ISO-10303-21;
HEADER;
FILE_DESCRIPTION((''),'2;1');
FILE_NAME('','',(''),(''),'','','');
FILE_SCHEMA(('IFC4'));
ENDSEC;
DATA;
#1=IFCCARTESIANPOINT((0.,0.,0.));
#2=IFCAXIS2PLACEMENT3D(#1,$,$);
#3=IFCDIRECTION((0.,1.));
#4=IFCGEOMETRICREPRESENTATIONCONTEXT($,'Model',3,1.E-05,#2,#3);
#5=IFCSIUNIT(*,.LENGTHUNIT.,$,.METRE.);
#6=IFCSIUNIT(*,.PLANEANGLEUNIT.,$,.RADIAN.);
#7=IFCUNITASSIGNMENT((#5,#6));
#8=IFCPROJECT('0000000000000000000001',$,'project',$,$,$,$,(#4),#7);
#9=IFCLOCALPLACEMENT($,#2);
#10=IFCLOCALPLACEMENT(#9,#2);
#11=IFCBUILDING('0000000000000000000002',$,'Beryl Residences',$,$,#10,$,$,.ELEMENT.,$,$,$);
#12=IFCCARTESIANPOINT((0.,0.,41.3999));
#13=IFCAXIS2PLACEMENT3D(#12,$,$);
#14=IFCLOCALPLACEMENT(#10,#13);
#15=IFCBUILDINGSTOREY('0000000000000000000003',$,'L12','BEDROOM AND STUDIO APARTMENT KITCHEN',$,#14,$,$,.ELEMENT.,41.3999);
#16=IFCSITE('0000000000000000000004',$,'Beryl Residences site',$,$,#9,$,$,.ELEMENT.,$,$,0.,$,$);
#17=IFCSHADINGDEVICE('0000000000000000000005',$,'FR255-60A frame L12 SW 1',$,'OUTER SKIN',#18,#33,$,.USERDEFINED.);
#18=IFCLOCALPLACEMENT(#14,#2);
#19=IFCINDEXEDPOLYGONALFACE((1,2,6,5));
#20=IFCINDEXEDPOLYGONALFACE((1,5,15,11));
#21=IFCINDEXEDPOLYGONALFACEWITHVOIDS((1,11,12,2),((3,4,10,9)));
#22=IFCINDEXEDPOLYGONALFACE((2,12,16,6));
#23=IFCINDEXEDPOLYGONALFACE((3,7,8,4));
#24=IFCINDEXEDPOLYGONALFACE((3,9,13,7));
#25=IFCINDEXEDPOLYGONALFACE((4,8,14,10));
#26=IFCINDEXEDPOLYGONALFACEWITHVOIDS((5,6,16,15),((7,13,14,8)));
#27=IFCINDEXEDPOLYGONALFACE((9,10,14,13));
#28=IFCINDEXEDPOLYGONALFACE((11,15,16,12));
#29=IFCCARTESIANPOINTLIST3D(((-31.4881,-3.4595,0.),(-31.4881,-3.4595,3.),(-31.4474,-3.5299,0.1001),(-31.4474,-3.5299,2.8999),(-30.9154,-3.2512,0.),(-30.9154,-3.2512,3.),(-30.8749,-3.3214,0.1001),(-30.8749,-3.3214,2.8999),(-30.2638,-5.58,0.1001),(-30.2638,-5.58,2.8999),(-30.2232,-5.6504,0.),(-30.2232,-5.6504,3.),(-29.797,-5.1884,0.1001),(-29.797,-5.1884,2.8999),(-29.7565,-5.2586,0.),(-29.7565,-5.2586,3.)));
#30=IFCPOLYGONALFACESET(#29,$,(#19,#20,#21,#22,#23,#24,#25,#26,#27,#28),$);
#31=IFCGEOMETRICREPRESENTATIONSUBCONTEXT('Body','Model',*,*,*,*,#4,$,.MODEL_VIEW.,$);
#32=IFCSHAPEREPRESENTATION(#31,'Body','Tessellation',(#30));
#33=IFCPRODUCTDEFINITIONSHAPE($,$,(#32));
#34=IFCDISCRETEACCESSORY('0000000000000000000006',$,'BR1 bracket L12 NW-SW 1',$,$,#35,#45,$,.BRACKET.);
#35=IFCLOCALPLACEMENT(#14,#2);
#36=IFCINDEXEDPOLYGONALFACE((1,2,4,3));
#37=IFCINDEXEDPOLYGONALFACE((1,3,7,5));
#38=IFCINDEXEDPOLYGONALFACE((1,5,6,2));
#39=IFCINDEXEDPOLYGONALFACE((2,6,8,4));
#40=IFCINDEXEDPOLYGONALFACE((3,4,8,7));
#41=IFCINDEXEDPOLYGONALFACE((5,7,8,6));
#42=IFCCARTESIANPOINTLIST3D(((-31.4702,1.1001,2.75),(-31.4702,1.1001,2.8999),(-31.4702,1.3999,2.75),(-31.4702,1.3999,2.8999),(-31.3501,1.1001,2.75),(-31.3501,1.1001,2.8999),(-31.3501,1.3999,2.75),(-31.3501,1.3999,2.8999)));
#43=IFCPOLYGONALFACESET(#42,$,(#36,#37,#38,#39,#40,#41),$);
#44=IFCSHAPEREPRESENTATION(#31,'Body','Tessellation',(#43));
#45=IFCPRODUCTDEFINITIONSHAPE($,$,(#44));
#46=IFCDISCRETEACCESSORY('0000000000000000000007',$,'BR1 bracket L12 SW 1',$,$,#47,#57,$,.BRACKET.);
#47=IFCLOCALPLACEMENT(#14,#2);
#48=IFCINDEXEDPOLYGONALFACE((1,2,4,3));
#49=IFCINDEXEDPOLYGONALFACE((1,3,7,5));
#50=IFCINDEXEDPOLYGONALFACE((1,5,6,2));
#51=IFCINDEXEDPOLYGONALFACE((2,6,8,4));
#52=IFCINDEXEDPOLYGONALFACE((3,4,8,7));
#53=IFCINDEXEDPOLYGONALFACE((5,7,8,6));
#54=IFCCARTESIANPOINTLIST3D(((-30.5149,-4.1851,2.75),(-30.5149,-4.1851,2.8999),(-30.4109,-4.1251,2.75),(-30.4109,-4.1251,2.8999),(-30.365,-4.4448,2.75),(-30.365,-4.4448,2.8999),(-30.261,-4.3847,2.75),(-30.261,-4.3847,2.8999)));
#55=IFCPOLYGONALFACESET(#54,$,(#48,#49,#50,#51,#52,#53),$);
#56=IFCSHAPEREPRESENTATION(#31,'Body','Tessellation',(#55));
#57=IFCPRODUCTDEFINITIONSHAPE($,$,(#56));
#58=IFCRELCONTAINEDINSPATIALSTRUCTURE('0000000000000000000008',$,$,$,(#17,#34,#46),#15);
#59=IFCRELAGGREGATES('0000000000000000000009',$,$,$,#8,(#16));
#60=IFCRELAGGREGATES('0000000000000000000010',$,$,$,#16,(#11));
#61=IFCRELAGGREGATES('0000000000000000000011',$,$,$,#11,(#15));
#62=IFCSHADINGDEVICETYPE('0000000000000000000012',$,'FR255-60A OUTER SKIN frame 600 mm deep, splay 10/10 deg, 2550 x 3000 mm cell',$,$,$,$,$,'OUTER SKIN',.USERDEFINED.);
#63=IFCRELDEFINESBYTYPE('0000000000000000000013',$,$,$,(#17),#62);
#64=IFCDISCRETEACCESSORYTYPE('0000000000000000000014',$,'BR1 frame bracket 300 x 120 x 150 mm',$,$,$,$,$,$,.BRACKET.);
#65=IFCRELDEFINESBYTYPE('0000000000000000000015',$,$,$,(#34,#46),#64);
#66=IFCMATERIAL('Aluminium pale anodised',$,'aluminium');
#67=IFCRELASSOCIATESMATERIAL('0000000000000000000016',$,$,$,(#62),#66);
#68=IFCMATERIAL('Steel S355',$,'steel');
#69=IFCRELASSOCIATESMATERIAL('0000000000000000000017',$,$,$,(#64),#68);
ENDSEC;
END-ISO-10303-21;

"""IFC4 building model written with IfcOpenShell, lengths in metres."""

from ifc_helpers import new_model, entity, si_unit, direction, frame, origin, place, context, subcontext, project, spatial, polyline, outline, extrude, source, transform, mapped, material, type_object, type_shapes, element, save


model = new_model("IFC4")

# Units and contexts
model_context = context("Model", 3, precision=1e-05, world=origin(), true_north=direction((0.0, 1.0)))
body_context = subcontext(model_context, "Body", "Model", "MODEL_VIEW")
ifc_project = project(units=[si_unit("LENGTHUNIT", "METRE"), si_unit("PLANEANGLEUNIT", "RADIAN")], contexts=[model_context])

# Site, building, storey
site_placement = place(None, origin())
site = spatial("IfcSite", under=ifc_project, at=site_placement, Name="Beryl Residences site", CompositionType="ELEMENT", RefElevation=0.0)
building_placement = place(site_placement, origin())
building = spatial("IfcBuilding", under=site, at=building_placement, Name="Beryl Residences", CompositionType="ELEMENT")
storey_placement = place(building_placement, frame((0.0, 0.0, 41.3999)))
storey = spatial("IfcBuildingStorey", under=building, at=storey_placement, Name="L12", Description="BEDROOM AND STUDIO APARTMENT KITCHEN", CompositionType="ELEMENT", Elevation=41.3999)

# Shading device
ifc_material_1 = material(Name="Aluminium pale anodised", Category="aluminium")
shading_device_type_1 = type_object("IfcShadingDeviceType", Name="FR255-60A OUTER SKIN frame 600 mm deep, splay 10/10 deg, 2550 x 3000 mm cell", ElementType="OUTER SKIN", PredefinedType="USERDEFINED", material=ifc_material_1)
cartesian_point_1 = entity("IfcCartesianPoint", [-1.1589, 0.0])
cartesian_point_2 = entity("IfcCartesianPoint", [-1.0779, 0.1001])
cartesian_point_3 = entity("IfcCartesianPoint", [-1.2649, 0.0])
cartesian_point_4 = entity("IfcCartesianPoint", [-1.1836, 0.1001])
shared_shape_1 = source(origin(), body_context, "Body", "SweptSolid", [
    entity("IfcExtrudedAreaSolidTapered", entity("IfcArbitraryProfileDefWithVoids", "AREA", None, entity("IfcPolyline", [cartesian_point_1, entity("IfcCartesianPoint", [1.1589, 0.0]), entity("IfcCartesianPoint", [1.1589, 3.0]), entity("IfcCartesianPoint", [-1.1589, 3.0]), cartesian_point_1]), [entity("IfcPolyline", [cartesian_point_2, entity("IfcCartesianPoint", [1.0779, 0.1001]), entity("IfcCartesianPoint", [1.0779, 2.8999]), entity("IfcCartesianPoint", [-1.0779, 2.8999]), cartesian_point_2])]), entity("IfcAxis2Placement3D", entity("IfcCartesianPoint", [0.0, 0.0, 0.0]), entity("IfcDirection", [0.0, 1.0, 0.0]), entity("IfcDirection", [-1.0, 0.0, 0.0])), entity("IfcDirection", [0.0, 0.0, 1.0]), 0.6001, entity("IfcArbitraryProfileDefWithVoids", "AREA", None, entity("IfcPolyline", [cartesian_point_3, entity("IfcCartesianPoint", [1.2649, 0.0]), entity("IfcCartesianPoint", [1.2649, 3.0]), entity("IfcCartesianPoint", [-1.2649, 3.0]), cartesian_point_3]), [entity("IfcPolyline", [cartesian_point_4, entity("IfcCartesianPoint", [1.1836, 0.1001]), entity("IfcCartesianPoint", [1.1836, 2.8999]), entity("IfcCartesianPoint", [-1.1836, 2.8999]), cartesian_point_4])])),
])
type_shapes(shading_device_type_1, [shared_shape_1])
shading_device_placement = place(storey_placement, frame((-30.3359, -4.2549, 0.0), z_axis=(0.0, 0.0, 1.0), x_axis=(-0.5, 0.866025, 0.0)))
element("IfcShadingDevice", 1, at=shading_device_placement, inside=storey, type_object=shading_device_type_1, Name="FR255-60A frame L12 SW 1", ObjectType="OUTER SKIN", PredefinedType="USERDEFINED", context=body_context, shape_type="MappedRepresentation", body=[
    mapped(shared_shape_1, transform((0.0, 0.0, 0.0))),
])

# Discrete accessories
ifc_material_2 = material(Name="Steel S355", Category="steel")
discrete_accessory_type = type_object("IfcDiscreteAccessoryType", Name="BR1 frame bracket 300 x 120 x 150 mm", PredefinedType="BRACKET", material=ifc_material_2)
shared_shape_2 = source(origin(), body_context, "Body", "SweptSolid", [
    extrude(outline(polyline([(-0.1499, 0.0), (0.1499, 0.0), (0.1499, 0.1201), (-0.1499, 0.1201), (-0.1499, 0.0)])), origin(), (0.0, 0.0, 1.0), 0.1499),
])
type_shapes(discrete_accessory_type, [shared_shape_2])
for number, where, z_axis, x_axis, name in (
    (2, (-31.3501, 1.25, 2.75), (0.0, 0.0, 1.0), (0.0, 1.0, 0.0), "BR1 bracket L12 NW-SW 1"),
    (3, (-30.3359, -4.2549, 2.75), (0.0, 0.0, 1.0), (-0.5, 0.866025, 0.0), "BR1 bracket L12 SW 1"),
):
    element("IfcDiscreteAccessory", number, at=place(storey_placement, frame(where, z_axis=z_axis, x_axis=x_axis)), inside=storey, type_object=discrete_accessory_type, Name=name, PredefinedType="BRACKET", context=body_context, shape_type="MappedRepresentation", body=[
        mapped(shared_shape_2, transform((0.0, 0.0, 0.0))),
    ])

save(model, "model.ifc")
